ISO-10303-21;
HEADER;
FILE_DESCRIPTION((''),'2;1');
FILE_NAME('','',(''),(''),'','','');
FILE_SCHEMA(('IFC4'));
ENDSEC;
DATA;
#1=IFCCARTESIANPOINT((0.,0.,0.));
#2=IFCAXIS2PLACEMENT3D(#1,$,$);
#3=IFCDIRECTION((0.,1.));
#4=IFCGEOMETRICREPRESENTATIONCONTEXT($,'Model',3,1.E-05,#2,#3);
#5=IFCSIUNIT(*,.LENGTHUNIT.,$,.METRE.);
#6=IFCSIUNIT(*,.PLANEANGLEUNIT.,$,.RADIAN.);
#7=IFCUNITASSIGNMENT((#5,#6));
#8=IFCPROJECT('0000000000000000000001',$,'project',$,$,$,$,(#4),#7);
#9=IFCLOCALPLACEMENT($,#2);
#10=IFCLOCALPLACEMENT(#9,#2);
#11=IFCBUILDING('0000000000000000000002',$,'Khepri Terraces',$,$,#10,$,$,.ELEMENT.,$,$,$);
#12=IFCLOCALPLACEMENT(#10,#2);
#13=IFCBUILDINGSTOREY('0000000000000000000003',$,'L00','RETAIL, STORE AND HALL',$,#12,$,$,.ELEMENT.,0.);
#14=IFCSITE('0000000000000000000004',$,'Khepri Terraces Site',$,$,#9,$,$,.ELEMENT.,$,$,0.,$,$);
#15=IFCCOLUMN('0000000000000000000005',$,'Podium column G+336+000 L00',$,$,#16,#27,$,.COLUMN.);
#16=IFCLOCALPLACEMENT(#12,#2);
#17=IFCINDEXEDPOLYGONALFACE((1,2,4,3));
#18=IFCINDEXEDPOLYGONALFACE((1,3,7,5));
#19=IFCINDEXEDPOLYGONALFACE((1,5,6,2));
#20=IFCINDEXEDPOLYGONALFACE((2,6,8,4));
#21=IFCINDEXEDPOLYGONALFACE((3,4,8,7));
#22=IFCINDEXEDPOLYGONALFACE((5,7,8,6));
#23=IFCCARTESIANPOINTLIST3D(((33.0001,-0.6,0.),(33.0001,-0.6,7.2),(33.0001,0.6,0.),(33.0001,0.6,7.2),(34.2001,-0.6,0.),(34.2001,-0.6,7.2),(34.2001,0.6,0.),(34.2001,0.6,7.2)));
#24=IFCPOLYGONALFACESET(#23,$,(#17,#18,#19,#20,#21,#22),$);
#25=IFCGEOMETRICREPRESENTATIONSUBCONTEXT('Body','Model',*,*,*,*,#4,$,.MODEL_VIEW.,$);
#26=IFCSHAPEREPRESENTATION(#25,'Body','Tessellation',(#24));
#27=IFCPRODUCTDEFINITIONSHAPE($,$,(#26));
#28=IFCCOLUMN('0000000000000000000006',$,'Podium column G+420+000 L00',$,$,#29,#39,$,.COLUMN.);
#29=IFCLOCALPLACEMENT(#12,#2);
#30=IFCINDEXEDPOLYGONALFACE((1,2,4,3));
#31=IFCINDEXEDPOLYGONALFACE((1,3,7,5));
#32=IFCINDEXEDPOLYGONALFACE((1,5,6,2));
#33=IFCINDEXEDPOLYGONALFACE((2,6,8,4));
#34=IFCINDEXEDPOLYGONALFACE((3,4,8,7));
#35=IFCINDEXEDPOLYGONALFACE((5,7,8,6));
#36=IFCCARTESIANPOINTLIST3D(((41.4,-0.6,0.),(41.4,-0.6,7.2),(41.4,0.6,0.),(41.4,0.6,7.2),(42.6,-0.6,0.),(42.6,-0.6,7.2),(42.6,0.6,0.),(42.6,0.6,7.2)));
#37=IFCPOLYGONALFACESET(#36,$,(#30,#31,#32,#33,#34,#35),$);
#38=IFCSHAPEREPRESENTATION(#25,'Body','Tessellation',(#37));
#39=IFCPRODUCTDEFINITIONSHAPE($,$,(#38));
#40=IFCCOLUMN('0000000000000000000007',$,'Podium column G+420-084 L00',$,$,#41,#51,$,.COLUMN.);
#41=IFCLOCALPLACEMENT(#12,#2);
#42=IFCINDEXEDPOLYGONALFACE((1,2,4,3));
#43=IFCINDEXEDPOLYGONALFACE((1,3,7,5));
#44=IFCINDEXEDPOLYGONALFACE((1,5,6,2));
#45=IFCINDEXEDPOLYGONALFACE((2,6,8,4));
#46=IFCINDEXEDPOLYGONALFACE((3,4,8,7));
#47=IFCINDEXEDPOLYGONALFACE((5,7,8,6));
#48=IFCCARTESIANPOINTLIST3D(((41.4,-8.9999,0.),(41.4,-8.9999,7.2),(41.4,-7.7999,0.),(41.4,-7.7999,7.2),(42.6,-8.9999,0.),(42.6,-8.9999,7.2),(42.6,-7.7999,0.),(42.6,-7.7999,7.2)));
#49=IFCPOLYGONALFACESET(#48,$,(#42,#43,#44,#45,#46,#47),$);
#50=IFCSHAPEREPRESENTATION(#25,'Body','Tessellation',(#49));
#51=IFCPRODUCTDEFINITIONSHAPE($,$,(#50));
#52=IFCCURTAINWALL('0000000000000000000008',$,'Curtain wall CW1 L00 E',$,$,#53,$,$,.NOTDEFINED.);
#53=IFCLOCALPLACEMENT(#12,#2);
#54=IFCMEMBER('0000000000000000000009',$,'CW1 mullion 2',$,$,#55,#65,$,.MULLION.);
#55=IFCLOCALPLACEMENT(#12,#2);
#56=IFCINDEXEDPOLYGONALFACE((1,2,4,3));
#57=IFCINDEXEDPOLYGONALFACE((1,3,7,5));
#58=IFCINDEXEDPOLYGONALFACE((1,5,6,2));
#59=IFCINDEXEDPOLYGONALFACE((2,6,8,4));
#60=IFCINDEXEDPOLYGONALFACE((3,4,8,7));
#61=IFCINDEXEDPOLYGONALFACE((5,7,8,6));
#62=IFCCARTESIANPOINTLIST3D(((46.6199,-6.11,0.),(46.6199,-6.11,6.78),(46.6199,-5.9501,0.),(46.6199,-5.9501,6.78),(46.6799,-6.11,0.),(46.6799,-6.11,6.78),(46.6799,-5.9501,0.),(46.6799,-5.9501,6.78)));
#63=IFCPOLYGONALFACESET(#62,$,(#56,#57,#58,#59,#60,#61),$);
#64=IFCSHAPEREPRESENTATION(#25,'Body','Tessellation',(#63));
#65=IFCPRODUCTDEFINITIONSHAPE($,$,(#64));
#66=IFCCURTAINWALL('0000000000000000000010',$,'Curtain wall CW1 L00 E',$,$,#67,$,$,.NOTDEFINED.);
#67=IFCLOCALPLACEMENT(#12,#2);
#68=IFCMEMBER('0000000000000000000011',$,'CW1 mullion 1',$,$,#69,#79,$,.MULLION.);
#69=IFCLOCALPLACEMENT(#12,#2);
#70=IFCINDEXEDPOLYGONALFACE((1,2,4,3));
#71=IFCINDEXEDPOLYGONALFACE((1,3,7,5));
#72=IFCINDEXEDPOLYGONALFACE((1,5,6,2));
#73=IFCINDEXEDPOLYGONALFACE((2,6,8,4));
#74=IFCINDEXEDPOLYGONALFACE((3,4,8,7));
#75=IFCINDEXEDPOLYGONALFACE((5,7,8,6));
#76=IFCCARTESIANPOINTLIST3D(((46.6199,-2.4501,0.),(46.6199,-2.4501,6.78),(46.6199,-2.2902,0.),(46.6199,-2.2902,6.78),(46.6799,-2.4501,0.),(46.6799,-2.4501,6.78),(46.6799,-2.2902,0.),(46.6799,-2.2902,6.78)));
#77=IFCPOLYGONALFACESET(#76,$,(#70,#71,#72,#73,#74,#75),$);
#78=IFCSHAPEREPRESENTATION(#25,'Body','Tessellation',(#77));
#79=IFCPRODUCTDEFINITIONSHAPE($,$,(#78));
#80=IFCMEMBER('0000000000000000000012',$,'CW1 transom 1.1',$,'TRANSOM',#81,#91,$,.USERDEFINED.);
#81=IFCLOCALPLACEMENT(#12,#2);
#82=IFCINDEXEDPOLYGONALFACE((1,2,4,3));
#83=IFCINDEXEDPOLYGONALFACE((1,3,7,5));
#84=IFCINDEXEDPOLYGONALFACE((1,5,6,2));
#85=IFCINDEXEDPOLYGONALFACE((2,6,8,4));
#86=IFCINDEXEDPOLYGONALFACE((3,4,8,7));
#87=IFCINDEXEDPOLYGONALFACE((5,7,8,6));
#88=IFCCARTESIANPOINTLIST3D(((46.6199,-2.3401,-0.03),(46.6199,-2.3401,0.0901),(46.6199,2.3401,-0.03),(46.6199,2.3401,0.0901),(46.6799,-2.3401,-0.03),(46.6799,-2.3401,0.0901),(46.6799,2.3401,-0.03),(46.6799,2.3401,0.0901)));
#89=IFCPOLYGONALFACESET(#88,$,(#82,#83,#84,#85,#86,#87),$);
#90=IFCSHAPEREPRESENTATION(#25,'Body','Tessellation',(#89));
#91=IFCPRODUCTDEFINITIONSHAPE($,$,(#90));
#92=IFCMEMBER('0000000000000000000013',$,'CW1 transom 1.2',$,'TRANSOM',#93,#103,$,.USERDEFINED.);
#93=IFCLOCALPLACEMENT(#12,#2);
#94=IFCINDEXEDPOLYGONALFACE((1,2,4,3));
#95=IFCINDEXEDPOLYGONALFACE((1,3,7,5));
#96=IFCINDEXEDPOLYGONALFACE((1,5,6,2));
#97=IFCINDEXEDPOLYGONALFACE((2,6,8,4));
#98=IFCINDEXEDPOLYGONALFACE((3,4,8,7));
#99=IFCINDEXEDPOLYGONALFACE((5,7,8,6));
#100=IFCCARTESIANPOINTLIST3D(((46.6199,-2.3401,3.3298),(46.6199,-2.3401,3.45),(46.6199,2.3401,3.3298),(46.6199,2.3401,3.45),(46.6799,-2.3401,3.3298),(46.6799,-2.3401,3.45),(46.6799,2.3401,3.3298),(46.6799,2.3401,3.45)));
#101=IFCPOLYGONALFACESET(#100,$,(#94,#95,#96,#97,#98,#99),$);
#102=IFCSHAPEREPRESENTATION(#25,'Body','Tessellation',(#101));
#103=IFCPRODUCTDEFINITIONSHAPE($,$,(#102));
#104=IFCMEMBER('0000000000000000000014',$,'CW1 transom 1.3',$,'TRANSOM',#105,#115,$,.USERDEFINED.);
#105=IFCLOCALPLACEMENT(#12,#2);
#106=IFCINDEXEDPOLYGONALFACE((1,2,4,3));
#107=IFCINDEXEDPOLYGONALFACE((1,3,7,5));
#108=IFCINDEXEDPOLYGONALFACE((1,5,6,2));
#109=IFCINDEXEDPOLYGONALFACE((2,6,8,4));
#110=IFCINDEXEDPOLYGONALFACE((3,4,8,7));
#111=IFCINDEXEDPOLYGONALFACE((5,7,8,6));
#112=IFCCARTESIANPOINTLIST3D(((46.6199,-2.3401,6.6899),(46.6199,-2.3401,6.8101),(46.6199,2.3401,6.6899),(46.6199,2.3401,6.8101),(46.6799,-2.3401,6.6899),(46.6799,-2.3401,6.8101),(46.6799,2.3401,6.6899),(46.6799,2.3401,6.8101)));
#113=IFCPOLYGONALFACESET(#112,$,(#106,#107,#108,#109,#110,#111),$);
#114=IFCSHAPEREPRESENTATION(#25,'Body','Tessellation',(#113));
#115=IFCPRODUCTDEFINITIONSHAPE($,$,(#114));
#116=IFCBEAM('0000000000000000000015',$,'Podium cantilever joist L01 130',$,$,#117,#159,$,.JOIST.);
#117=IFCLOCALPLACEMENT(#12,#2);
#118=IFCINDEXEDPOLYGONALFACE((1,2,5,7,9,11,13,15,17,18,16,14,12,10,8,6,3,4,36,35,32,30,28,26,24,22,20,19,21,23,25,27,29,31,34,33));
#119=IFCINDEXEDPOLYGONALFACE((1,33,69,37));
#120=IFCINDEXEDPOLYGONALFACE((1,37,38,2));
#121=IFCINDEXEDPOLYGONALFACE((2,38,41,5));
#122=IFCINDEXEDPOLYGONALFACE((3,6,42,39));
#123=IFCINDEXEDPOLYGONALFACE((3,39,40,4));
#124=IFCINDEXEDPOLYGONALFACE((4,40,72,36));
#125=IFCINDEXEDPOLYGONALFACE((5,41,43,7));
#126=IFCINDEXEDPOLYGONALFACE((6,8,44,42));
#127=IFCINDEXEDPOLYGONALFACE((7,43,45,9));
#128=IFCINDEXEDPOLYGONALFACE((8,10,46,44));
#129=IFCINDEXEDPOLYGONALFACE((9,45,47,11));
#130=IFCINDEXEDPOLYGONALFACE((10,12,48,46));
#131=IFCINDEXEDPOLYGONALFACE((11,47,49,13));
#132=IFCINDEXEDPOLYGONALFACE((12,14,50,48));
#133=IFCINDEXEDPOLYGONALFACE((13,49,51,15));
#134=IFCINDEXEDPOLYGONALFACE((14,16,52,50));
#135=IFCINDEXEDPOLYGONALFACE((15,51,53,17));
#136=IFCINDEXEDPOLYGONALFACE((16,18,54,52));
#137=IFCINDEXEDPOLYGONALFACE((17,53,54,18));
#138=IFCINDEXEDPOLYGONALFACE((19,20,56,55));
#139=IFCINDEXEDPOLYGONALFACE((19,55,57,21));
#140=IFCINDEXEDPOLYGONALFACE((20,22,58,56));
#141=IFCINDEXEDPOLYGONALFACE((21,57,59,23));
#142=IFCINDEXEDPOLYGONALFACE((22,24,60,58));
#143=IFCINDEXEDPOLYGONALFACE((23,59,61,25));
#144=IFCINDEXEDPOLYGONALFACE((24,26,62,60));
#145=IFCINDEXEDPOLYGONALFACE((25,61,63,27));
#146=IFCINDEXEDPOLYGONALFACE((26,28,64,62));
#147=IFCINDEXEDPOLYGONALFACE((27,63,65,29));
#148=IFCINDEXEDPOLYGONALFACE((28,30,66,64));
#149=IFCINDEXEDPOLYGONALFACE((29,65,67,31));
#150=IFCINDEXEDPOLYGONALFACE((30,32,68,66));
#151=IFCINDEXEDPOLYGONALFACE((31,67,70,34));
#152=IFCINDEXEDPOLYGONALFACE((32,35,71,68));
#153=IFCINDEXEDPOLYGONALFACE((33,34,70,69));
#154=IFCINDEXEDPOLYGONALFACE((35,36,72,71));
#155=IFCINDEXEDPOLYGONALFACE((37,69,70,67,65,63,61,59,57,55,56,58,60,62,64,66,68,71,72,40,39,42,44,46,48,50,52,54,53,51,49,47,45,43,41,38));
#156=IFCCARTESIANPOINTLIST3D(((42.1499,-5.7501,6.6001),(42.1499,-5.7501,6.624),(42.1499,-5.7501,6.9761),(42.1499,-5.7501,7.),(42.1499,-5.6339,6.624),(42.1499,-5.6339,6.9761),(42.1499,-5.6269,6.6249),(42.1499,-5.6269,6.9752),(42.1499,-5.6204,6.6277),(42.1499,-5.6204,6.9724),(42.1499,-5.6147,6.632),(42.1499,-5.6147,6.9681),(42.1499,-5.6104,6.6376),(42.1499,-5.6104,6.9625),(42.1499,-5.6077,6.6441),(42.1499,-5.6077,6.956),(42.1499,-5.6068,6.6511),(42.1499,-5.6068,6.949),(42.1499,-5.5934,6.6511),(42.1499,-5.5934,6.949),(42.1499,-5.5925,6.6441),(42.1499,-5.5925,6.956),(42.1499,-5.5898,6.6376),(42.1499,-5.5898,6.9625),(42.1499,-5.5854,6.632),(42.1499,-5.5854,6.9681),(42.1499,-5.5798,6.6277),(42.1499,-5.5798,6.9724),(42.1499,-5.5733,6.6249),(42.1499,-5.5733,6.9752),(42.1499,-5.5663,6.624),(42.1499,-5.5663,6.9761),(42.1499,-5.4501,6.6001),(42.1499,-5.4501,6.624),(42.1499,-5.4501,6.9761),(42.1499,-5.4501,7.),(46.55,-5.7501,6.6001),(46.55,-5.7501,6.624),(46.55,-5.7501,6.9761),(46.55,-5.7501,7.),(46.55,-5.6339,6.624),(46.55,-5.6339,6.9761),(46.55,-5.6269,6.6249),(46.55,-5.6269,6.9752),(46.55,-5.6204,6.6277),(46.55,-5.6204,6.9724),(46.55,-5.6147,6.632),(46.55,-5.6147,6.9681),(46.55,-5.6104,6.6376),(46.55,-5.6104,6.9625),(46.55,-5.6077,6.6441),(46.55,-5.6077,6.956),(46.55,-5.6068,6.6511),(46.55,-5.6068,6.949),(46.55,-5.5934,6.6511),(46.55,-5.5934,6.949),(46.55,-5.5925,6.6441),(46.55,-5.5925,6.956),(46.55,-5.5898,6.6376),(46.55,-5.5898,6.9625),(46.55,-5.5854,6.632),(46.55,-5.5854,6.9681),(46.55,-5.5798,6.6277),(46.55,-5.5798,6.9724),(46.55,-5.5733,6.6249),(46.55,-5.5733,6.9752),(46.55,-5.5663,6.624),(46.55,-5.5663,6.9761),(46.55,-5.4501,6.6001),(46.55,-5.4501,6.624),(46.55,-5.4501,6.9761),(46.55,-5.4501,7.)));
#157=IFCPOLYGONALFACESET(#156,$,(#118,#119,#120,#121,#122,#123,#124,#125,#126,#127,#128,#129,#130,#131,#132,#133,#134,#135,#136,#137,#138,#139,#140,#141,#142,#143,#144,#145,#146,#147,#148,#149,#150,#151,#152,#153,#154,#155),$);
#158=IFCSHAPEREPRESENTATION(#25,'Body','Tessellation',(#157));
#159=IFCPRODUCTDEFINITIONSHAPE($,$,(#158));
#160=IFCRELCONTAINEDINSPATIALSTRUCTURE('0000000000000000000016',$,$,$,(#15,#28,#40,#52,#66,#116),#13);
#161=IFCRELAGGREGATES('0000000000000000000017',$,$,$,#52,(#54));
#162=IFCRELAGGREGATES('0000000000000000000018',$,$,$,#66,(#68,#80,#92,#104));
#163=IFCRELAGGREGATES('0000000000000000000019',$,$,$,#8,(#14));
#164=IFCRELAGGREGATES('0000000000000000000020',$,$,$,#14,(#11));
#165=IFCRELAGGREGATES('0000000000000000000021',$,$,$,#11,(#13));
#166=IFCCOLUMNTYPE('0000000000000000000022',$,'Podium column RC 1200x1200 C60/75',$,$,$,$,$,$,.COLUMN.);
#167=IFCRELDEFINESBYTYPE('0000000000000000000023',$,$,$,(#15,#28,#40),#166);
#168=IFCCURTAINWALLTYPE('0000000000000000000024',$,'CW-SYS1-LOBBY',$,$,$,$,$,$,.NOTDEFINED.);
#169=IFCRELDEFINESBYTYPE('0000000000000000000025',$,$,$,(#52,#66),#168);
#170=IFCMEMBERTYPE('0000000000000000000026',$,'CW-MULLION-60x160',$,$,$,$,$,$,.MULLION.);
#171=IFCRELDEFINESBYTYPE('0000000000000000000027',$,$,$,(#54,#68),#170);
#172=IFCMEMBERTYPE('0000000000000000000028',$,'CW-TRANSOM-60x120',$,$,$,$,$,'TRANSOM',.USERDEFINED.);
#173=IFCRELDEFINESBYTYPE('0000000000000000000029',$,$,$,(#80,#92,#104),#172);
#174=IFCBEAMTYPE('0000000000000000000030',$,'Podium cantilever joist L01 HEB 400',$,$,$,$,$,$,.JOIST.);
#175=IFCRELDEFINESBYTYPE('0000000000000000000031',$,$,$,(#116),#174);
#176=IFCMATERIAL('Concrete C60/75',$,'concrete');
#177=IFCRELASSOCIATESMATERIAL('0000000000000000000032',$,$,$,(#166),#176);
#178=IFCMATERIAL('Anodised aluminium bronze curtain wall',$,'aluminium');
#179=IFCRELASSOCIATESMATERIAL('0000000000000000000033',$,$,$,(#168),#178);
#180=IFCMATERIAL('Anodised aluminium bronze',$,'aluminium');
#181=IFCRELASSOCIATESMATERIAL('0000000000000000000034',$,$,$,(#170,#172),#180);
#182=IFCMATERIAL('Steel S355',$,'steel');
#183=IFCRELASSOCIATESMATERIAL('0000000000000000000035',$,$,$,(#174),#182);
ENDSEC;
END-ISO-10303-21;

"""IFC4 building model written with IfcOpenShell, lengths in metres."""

from ifc_helpers import new_model, si_unit, direction, frame, origin, origin_2d, place, context, subcontext, project, spatial, rectangle, i_section, extrude, material, material_profile, profile_set, type_object, element, aggregate, save


model = new_model("IFC4")

# Units and contexts
model_context = context("Model", 3, precision=1e-05, world=origin(), true_north=direction((0.0, 1.0)))
body_context = subcontext(model_context, "Body", "Model", "MODEL_VIEW")
ifc_project = project(units=[si_unit("LENGTHUNIT", "METRE"), si_unit("PLANEANGLEUNIT", "RADIAN")], contexts=[model_context])

# Site, building, storey
site_placement = place(None, origin())
site = spatial("IfcSite", under=ifc_project, at=site_placement, Name="Khepri Terraces Site", CompositionType="ELEMENT", RefElevation=0.0)
building_placement = place(site_placement, origin())
building = spatial("IfcBuilding", under=site, at=building_placement, Name="Khepri Terraces", CompositionType="ELEMENT")
storey_placement = place(building_placement, origin())
storey = spatial("IfcBuildingStorey", under=building, at=storey_placement, Name="L00", Description="RETAIL, STORE AND HALL", CompositionType="ELEMENT", Elevation=0.0)

# Columns
ifc_material_1 = material(Name="Concrete C60/75", Category="concrete")
ifc_material_profile_1 = material_profile(ifc_material_1, rectangle(XDim=1.2, YDim=1.2, at=origin_2d()), Name="Concrete C60/75", Category="concrete")
ifc_profile_set_1 = profile_set([ifc_material_profile_1], Name="Concrete C60/75")
column_type = type_object("IfcColumnType", Name="Podium column RC 1200x1200 C60/75", PredefinedType="COLUMN", material=ifc_profile_set_1)
for number, where, z_axis, x_axis, name in (
    (1, (33.6001, 0.0, 0.0), (0.0, 0.0, 1.0), (1.0, 0.0, 0.0), "Podium column G+336+000 L00"),
    (2, (42.0, 0.0, 0.0), (0.0, 0.0, 1.0), (1.0, 0.0, 0.0), "Podium column G+420+000 L00"),
    (3, (42.0, -8.3999, 0.0), (0.0, 0.0, 1.0), (1.0, 0.0, 0.0), "Podium column G+420-084 L00"),
):
    element("IfcColumn", number, at=place(storey_placement, frame(where, z_axis=z_axis, x_axis=x_axis)), inside=storey, type_object=column_type, Name=name, PredefinedType="COLUMN", context=body_context, shape_type="SweptSolid", body=[
        extrude(rectangle(XDim=1.2, YDim=1.2, at=origin_2d()), origin(), (0.0, 0.0, 1.0), 7.2),
    ])

# Curtain wall, member
ifc_material_2 = material(Name="Anodised aluminium bronze curtain wall", Category="aluminium")
curtain_wall_type = type_object("IfcCurtainWallType", Name="CW-SYS1-LOBBY", PredefinedType="NOTDEFINED", material=ifc_material_2)
curtain_wall_1_placement = place(storey_placement, origin())
curtain_wall_1 = element("IfcCurtainWall", 4, at=curtain_wall_1_placement, inside=storey, type_object=curtain_wall_type, Name="Curtain wall CW1 L00 E", PredefinedType="NOTDEFINED")
ifc_material_3 = material(Name="Anodised aluminium bronze", Category="aluminium")
ifc_material_profile_2 = material_profile(ifc_material_3, rectangle(XDim=0.0601, YDim=0.1599, at=origin_2d()), Name="Anodised aluminium bronze", Category="aluminium")
ifc_profile_set_2 = profile_set([ifc_material_profile_2], Name="Anodised aluminium bronze")
member_type_1 = type_object("IfcMemberType", Name="CW-MULLION-60x160", PredefinedType="MULLION", material=ifc_profile_set_2)
member_1_placement = place(storey_placement, frame((46.6499, -6.03, 0.0), z_axis=(0.0, 0.0, 1.0), x_axis=(-1.0, 0.0, 0.0)))
member_1 = element("IfcMember", 5, at=member_1_placement, type_object=member_type_1, Name="CW1 mullion 2", PredefinedType="MULLION", context=body_context, shape_type="SweptSolid", body=[
    extrude(rectangle(XDim=0.0601, YDim=0.1599, at=origin_2d()), origin(), (0.0, 0.0, 1.0), 6.78),
])

# Curtain wall, members
curtain_wall_2_placement = place(storey_placement, origin())
curtain_wall_2 = element("IfcCurtainWall", 6, at=curtain_wall_2_placement, inside=storey, type_object=curtain_wall_type, Name="Curtain wall CW1 L00 E", PredefinedType="NOTDEFINED")
member_2_placement = place(storey_placement, frame((46.6499, -2.3701, 0.0), z_axis=(0.0, 0.0, 1.0), x_axis=(-1.0, 0.0, 0.0)))
member_2 = element("IfcMember", 7, at=member_2_placement, type_object=member_type_1, Name="CW1 mullion 1", PredefinedType="MULLION", context=body_context, shape_type="SweptSolid", body=[
    extrude(rectangle(XDim=0.0601, YDim=0.1599, at=origin_2d()), origin(), (0.0, 0.0, 1.0), 6.78),
])
ifc_material_profile_3 = material_profile(ifc_material_3, rectangle(XDim=0.0601, YDim=0.1201, at=origin_2d()), Name="Anodised aluminium bronze", Category="aluminium")
ifc_profile_set_3 = profile_set([ifc_material_profile_3], Name="Anodised aluminium bronze")
member_type_2 = type_object("IfcMemberType", Name="CW-TRANSOM-60x120", ElementType="TRANSOM", PredefinedType="USERDEFINED", material=ifc_profile_set_3)
member_3_placement = place(storey_placement, frame((46.6499, -2.3401, 0.03), z_axis=(0.0, 1.0, 0.0), x_axis=(-1.0, 0.0, 0.0)))
member_3 = element("IfcMember", 8, at=member_3_placement, type_object=member_type_2, Name="CW1 transom 1.1", ObjectType="TRANSOM", PredefinedType="USERDEFINED", context=body_context, shape_type="SweptSolid", body=[
    extrude(rectangle(XDim=0.0601, YDim=0.1201, at=origin_2d()), origin(), (0.0, 0.0, 1.0), 4.6802),
])
member_4_placement = place(storey_placement, frame((46.6499, -2.3401, 3.3899), z_axis=(0.0, 1.0, 0.0), x_axis=(-1.0, 0.0, 0.0)))
member_4 = element("IfcMember", 9, at=member_4_placement, type_object=member_type_2, Name="CW1 transom 1.2", ObjectType="TRANSOM", PredefinedType="USERDEFINED", context=body_context, shape_type="SweptSolid", body=[
    extrude(rectangle(XDim=0.0601, YDim=0.1201, at=origin_2d()), origin(), (0.0, 0.0, 1.0), 4.6802),
])
member_5_placement = place(storey_placement, frame((46.6499, -2.3401, 6.75), z_axis=(0.0, 1.0, 0.0), x_axis=(-1.0, 0.0, 0.0)))
member_5 = element("IfcMember", 10, at=member_5_placement, type_object=member_type_2, Name="CW1 transom 1.3", ObjectType="TRANSOM", PredefinedType="USERDEFINED", context=body_context, shape_type="SweptSolid", body=[
    extrude(rectangle(XDim=0.0601, YDim=0.1201, at=origin_2d()), origin(), (0.0, 0.0, 1.0), 4.6802),
])

# Beam
ifc_material_4 = material(Name="Steel S355", Category="steel")
ifc_material_profile_4 = material_profile(ifc_material_4, i_section(OverallWidth=0.3, OverallDepth=0.3999, WebThickness=0.0134, FlangeThickness=0.0239, FilletRadius=0.0271, at=origin_2d()), Name="Steel S355", Category="steel")
ifc_profile_set_4 = profile_set([ifc_material_profile_4], Name="Steel S355")
beam_type_1 = type_object("IfcBeamType", Name="Podium cantilever joist L01 HEB 400", PredefinedType="JOIST", material=ifc_profile_set_4)
for number, where, z_axis, x_axis, name in (
    (11, (42.1499, -5.6001, 6.8), (1.0, 0.0, 0.0), (0.0, 1.0, 0.0), "Podium cantilever joist L01 130"),
):
    element("IfcBeam", number, at=place(storey_placement, frame(where, z_axis=z_axis, x_axis=x_axis)), inside=storey, type_object=beam_type_1, Name=name, PredefinedType="JOIST", context=body_context, shape_type="SweptSolid", body=[
        extrude(i_section(OverallWidth=0.3, OverallDepth=0.3999, WebThickness=0.0134, FlangeThickness=0.0239, FilletRadius=0.0271, at=origin_2d()), origin(), (0.0, 0.0, 1.0), 4.4001),
    ])

aggregate(curtain_wall_1, [member_1])
aggregate(curtain_wall_2, [member_2, member_3, member_4, member_5])

save(model, "model.ifc")
